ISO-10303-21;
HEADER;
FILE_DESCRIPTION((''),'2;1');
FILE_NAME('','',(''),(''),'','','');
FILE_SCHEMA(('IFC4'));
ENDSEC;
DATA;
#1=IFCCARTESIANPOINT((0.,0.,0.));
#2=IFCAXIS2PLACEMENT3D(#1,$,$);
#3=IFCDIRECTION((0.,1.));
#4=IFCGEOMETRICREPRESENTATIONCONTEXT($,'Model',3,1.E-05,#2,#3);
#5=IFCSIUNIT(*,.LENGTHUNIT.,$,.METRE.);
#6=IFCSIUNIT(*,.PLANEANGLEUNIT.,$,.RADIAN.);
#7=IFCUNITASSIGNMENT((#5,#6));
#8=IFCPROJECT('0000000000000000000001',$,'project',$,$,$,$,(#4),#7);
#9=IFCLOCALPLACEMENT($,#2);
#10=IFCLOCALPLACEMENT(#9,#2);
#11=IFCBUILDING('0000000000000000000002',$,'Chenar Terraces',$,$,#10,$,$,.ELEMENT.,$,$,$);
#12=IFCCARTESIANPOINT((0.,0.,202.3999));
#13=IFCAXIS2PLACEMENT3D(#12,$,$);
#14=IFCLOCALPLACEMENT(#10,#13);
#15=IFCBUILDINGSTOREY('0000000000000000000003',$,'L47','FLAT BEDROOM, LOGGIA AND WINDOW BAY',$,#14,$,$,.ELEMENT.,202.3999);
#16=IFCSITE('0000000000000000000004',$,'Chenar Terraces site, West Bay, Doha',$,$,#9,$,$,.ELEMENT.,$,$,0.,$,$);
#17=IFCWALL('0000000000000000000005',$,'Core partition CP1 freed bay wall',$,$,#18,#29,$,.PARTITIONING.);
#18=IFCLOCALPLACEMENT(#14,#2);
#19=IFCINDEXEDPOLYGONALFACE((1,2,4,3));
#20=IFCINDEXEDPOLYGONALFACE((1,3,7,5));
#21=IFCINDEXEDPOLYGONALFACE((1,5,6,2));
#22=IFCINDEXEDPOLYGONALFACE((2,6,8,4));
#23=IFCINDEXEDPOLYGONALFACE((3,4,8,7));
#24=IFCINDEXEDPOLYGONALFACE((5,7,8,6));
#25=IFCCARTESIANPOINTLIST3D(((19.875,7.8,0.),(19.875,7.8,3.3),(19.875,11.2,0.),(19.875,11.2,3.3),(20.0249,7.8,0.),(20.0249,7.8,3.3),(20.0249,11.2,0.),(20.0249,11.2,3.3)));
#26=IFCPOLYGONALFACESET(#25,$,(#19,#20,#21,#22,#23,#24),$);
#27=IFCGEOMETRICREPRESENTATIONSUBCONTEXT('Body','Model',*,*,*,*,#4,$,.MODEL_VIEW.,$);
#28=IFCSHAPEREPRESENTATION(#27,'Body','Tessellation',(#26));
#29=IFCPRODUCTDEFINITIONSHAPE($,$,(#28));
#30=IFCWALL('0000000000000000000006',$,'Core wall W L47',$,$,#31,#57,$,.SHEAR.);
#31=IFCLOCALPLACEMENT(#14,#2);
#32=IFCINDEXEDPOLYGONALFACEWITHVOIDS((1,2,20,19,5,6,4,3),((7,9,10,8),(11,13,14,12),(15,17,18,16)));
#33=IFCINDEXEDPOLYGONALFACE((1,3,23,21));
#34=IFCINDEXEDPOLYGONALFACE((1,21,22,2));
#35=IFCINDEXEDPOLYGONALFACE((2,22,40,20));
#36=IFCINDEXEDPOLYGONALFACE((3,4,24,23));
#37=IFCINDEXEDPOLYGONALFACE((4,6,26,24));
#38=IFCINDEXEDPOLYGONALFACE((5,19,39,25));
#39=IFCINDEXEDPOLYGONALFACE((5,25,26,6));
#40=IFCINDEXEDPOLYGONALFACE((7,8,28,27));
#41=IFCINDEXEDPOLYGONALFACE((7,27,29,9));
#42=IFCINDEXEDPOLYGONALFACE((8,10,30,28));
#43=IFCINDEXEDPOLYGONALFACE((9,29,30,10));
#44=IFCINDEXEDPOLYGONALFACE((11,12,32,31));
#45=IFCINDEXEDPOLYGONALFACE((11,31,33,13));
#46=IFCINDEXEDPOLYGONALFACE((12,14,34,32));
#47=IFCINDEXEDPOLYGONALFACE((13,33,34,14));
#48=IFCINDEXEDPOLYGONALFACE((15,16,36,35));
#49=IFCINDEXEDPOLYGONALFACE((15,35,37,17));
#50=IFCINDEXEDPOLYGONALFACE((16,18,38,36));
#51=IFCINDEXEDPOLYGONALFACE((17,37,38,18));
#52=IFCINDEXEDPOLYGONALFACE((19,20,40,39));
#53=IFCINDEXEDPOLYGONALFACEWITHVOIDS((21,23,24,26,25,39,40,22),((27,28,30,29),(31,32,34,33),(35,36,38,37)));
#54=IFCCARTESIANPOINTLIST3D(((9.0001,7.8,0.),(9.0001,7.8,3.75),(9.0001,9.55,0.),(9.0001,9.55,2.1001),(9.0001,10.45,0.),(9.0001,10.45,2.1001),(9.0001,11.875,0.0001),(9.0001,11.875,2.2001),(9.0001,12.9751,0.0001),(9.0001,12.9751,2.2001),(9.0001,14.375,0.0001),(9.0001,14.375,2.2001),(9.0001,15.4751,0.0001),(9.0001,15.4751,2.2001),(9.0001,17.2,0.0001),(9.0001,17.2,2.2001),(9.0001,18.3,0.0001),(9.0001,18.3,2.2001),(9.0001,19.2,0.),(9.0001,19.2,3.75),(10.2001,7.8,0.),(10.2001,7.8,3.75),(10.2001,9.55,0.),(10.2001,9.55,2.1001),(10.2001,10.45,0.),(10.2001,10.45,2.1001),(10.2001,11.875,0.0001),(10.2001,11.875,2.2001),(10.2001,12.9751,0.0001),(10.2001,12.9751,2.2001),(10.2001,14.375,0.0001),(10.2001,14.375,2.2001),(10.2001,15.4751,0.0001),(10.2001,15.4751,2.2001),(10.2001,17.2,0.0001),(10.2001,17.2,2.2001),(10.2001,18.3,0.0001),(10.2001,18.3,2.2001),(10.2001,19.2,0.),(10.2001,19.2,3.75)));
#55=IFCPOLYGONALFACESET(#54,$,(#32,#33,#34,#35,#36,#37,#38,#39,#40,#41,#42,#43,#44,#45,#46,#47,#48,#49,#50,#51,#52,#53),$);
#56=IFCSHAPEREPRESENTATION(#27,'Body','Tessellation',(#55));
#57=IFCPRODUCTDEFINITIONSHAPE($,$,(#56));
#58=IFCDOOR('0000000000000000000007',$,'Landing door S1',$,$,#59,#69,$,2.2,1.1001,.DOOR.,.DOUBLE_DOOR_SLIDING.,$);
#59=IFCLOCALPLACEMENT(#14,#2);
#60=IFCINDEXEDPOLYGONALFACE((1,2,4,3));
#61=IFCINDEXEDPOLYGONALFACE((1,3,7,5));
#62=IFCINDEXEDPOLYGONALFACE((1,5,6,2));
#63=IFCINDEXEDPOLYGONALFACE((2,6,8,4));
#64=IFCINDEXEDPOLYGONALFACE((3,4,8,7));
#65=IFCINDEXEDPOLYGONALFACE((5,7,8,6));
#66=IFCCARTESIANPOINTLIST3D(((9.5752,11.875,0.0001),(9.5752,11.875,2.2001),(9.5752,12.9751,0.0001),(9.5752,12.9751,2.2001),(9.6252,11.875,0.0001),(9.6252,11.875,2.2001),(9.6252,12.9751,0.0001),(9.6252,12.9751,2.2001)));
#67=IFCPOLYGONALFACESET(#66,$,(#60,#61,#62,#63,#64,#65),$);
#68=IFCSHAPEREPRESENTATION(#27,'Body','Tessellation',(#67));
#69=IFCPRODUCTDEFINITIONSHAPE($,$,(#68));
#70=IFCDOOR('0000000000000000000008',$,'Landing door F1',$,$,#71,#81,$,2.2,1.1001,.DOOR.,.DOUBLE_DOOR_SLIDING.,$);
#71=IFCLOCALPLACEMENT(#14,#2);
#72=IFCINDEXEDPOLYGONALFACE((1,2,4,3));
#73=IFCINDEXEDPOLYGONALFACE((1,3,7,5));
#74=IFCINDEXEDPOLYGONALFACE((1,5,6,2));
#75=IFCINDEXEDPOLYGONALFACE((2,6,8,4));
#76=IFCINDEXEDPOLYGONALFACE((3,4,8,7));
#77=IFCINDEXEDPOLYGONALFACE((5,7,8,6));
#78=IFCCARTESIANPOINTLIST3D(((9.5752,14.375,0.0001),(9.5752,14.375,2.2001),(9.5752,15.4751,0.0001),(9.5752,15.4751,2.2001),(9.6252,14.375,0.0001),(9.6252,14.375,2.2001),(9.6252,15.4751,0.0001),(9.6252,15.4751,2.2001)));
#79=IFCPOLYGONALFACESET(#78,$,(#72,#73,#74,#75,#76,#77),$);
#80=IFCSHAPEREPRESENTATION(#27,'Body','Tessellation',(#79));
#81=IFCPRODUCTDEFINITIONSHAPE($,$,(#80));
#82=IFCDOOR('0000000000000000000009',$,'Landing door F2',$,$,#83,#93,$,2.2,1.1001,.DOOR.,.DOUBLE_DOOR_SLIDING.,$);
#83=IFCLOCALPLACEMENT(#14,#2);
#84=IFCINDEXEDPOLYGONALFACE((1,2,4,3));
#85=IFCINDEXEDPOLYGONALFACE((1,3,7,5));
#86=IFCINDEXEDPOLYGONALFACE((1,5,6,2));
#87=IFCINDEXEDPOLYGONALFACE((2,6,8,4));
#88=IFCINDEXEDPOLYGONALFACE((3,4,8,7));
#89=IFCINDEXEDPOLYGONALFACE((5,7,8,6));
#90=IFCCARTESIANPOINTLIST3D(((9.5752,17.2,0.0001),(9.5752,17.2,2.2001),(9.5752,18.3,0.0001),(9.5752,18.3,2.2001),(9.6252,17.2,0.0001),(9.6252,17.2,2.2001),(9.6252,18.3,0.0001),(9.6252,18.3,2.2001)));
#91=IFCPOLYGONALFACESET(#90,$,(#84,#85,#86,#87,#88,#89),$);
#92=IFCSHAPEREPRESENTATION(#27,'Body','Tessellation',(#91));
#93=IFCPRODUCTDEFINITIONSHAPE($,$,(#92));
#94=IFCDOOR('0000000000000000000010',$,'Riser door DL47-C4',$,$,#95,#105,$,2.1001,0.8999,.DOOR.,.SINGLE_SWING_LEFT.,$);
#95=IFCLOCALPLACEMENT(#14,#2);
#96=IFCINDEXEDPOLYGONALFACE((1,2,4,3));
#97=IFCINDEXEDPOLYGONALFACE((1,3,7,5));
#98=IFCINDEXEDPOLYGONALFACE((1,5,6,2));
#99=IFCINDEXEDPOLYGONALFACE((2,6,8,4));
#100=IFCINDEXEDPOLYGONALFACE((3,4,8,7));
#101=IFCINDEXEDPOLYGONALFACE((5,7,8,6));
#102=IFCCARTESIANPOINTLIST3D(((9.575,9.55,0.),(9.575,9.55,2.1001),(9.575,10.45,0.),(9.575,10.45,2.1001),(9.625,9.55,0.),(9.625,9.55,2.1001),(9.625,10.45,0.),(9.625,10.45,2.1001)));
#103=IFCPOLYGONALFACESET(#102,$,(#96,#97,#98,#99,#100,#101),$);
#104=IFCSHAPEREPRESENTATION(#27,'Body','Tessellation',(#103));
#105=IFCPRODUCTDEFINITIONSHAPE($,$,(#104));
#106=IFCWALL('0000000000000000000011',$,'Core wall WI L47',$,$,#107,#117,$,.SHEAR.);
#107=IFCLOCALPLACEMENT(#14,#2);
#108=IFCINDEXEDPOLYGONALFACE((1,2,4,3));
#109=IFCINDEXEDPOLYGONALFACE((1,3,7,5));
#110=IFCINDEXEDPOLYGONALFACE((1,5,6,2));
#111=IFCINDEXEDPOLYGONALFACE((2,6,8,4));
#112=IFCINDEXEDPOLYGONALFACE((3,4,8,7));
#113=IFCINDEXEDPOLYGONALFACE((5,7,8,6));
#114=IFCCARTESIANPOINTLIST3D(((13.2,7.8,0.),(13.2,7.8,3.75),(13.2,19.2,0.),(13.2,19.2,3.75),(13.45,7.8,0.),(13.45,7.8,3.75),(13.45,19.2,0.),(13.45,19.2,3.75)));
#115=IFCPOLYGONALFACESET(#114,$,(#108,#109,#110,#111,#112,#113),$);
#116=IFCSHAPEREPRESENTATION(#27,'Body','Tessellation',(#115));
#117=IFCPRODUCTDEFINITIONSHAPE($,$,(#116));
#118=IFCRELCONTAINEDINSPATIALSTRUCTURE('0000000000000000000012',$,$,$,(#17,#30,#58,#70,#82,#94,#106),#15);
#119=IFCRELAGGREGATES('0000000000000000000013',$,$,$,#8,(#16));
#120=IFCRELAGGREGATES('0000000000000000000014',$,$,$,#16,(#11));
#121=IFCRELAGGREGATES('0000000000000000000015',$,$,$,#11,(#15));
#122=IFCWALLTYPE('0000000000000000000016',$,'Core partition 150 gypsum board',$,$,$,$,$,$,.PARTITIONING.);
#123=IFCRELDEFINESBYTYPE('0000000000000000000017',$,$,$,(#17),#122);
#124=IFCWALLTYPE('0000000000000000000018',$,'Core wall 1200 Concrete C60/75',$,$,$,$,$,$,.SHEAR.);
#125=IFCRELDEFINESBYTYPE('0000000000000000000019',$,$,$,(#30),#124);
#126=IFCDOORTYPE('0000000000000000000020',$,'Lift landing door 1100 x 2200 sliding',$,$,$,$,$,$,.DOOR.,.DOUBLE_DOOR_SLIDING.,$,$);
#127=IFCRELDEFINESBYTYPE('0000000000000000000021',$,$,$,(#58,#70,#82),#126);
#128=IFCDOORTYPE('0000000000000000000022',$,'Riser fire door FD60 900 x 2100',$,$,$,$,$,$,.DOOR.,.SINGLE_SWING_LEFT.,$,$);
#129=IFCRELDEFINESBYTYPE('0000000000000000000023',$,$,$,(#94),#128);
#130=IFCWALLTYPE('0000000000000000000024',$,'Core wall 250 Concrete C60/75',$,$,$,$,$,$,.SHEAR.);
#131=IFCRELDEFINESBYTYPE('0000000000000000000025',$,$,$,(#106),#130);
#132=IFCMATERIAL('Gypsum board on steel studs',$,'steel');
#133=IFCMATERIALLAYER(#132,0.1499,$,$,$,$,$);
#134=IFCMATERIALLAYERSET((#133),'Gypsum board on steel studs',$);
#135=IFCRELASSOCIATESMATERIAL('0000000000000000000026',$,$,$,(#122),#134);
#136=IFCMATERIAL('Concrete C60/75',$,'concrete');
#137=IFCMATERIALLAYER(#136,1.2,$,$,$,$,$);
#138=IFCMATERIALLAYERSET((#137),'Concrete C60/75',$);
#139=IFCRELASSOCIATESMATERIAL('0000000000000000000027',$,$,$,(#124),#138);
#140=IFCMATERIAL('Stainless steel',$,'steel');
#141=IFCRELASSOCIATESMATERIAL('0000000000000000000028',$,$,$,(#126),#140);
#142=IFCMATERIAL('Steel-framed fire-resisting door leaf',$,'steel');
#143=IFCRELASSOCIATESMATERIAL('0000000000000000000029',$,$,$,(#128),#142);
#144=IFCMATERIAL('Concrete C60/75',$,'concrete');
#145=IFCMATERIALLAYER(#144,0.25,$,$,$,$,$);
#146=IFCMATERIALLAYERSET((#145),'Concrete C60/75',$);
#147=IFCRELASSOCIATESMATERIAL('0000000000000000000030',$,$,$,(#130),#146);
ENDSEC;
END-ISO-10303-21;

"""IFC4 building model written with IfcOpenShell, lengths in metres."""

from ifc_helpers import new_model, si_unit, direction, frame, frame_2d, origin, place, context, subcontext, project, spatial, rectangle, extrude, material, layer, layer_set, type_object, element, fill, save


model = new_model("IFC4")

# Units and contexts
model_context = context("Model", 3, precision=1e-05, world=origin(), true_north=direction((0.0, 1.0)))
body_context = subcontext(model_context, "Body", "Model", "MODEL_VIEW")
ifc_project = project(units=[si_unit("LENGTHUNIT", "METRE"), si_unit("PLANEANGLEUNIT", "RADIAN")], contexts=[model_context])

# Site, building, storey
site_placement = place(None, origin())
site = spatial("IfcSite", under=ifc_project, at=site_placement, Name="Chenar Terraces site, West Bay, Doha", CompositionType="ELEMENT", RefElevation=0.0)
building_placement = place(site_placement, origin())
building = spatial("IfcBuilding", under=site, at=building_placement, Name="Chenar Terraces", CompositionType="ELEMENT")
storey_placement = place(building_placement, frame((0.0, 0.0, 202.3999)))
storey = spatial("IfcBuildingStorey", under=building, at=storey_placement, Name="L47", Description="FLAT BEDROOM, LOGGIA AND WINDOW BAY", CompositionType="ELEMENT", Elevation=202.3999)

# Wall
ifc_material_1 = material(Name="Gypsum board on steel studs", Category="steel")
ifc_layer_1 = layer(ifc_material_1, 0.1499)
ifc_layer_set_1 = layer_set([ifc_layer_1], Name="Gypsum board on steel studs")
wall_type_1 = type_object("IfcWallType", Name="Core partition 150 gypsum board", PredefinedType="PARTITIONING", material=ifc_layer_set_1)
wall_1_placement = place(storey_placement, frame((19.95, 7.8, 0.0), z_axis=(0.0, 0.0, 1.0), x_axis=(0.0, 1.0, 0.0)))
element("IfcWall", 1, at=wall_1_placement, inside=storey, type_object=wall_type_1, Name="Core partition CP1 freed bay wall", PredefinedType="PARTITIONING", context=body_context, shape_type="SweptSolid", body=[
    extrude(rectangle(XDim=3.3999, YDim=0.1499, at=frame_2d((1.7, 0.0))), origin(), (0.0, 0.0, 1.0), 3.3),
])

# Wall, openings, doors
ifc_material_2 = material(Name="Concrete C60/75", Category="concrete")
ifc_layer_2 = layer(ifc_material_2, 1.2)
ifc_layer_set_2 = layer_set([ifc_layer_2], Name="Concrete C60/75")
wall_type_2 = type_object("IfcWallType", Name="Core wall 1200 Concrete C60/75", PredefinedType="SHEAR", material=ifc_layer_set_2)
wall_2_placement = place(storey_placement, frame((9.6001, 7.8, 0.0), z_axis=(0.0, 0.0, 1.0), x_axis=(0.0, 1.0, 0.0)))
wall_2 = element("IfcWall", 2, at=wall_2_placement, inside=storey, type_object=wall_type_2, Name="Core wall W L47", PredefinedType="SHEAR", context=body_context, shape_type="SweptSolid", body=[
    extrude(rectangle(XDim=11.3999, YDim=1.2, at=frame_2d((5.7, 0.0))), origin(), (0.0, 0.0, 1.0), 3.75),
])
opening_1_placement = place(wall_2_placement, frame((4.075, 0.0, 0.0)))
opening_1 = element("IfcOpeningElement", 3, at=opening_1_placement, cuts=wall_2, PredefinedType="OPENING", context=body_context, shape_type="SweptSolid", body=[
    extrude(rectangle(XDim=1.1001, YDim=2.2, at=frame_2d((0.55, 1.1001))), frame((0.0, 0.6099, 0.0), z_axis=(0.0, -1.0, 0.0), x_axis=(1.0, 0.0, 0.0)), (0.0, 0.0, 1.0), 1.22),
])
opening_2_placement = place(wall_2_placement, frame((6.575, 0.0, 0.0)))
opening_2 = element("IfcOpeningElement", 4, at=opening_2_placement, cuts=wall_2, PredefinedType="OPENING", context=body_context, shape_type="SweptSolid", body=[
    extrude(rectangle(XDim=1.1001, YDim=2.2, at=frame_2d((0.55, 1.1001))), frame((0.0, 0.6099, 0.0), z_axis=(0.0, -1.0, 0.0), x_axis=(1.0, 0.0, 0.0)), (0.0, 0.0, 1.0), 1.22),
])
opening_3_placement = place(wall_2_placement, frame((9.3999, 0.0, 0.0)))
opening_3 = element("IfcOpeningElement", 5, at=opening_3_placement, cuts=wall_2, PredefinedType="OPENING", context=body_context, shape_type="SweptSolid", body=[
    extrude(rectangle(XDim=1.1001, YDim=2.2, at=frame_2d((0.55, 1.1001))), frame((0.0, 0.6099, 0.0), z_axis=(0.0, -1.0, 0.0), x_axis=(1.0, 0.0, 0.0)), (0.0, 0.0, 1.0), 1.22),
])
opening_4_placement = place(wall_2_placement, frame((1.75, 0.0, 0.0)))
opening_4 = element("IfcOpeningElement", 6, at=opening_4_placement, cuts=wall_2, PredefinedType="OPENING", context=body_context, shape_type="SweptSolid", body=[
    extrude(rectangle(XDim=0.8999, YDim=2.1001, at=frame_2d((0.45, 1.05))), frame((0.0, 0.6099, 0.0), z_axis=(0.0, -1.0, 0.0), x_axis=(1.0, 0.0, 0.0)), (0.0, 0.0, 1.0), 1.22),
])
ifc_material_3 = material(Name="Stainless steel", Category="steel")
door_type_1 = type_object("IfcDoorType", Name="Lift landing door 1100 x 2200 sliding", OperationType="DOUBLE_DOOR_SLIDING", PredefinedType="DOOR", material=ifc_material_3)
door_1_placement = place(opening_1_placement, origin())
door_1 = element("IfcDoor", 7, at=door_1_placement, inside=storey, type_object=door_type_1, Name="Landing door S1", OperationType="DOUBLE_DOOR_SLIDING", OverallHeight=2.2, OverallWidth=1.1001, PredefinedType="DOOR", context=body_context, shape_type="SweptSolid", body=[
    extrude(rectangle(XDim=1.1001, YDim=2.2, at=frame_2d((0.55, 1.1001))), frame((0.0, 0.0249, 0.0), z_axis=(0.0, -1.0, 0.0), x_axis=(1.0, 0.0, 0.0)), (0.0, 0.0, 1.0), 0.05),
])
fill(opening_1, door_1)
door_2_placement = place(opening_2_placement, origin())
door_2 = element("IfcDoor", 8, at=door_2_placement, inside=storey, type_object=door_type_1, Name="Landing door F1", OperationType="DOUBLE_DOOR_SLIDING", OverallHeight=2.2, OverallWidth=1.1001, PredefinedType="DOOR", context=body_context, shape_type="SweptSolid", body=[
    extrude(rectangle(XDim=1.1001, YDim=2.2, at=frame_2d((0.55, 1.1001))), frame((0.0, 0.0249, 0.0), z_axis=(0.0, -1.0, 0.0), x_axis=(1.0, 0.0, 0.0)), (0.0, 0.0, 1.0), 0.05),
])
fill(opening_2, door_2)
door_3_placement = place(opening_3_placement, origin())
door_3 = element("IfcDoor", 9, at=door_3_placement, inside=storey, type_object=door_type_1, Name="Landing door F2", OperationType="DOUBLE_DOOR_SLIDING", OverallHeight=2.2, OverallWidth=1.1001, PredefinedType="DOOR", context=body_context, shape_type="SweptSolid", body=[
    extrude(rectangle(XDim=1.1001, YDim=2.2, at=frame_2d((0.55, 1.1001))), frame((0.0, 0.0249, 0.0), z_axis=(0.0, -1.0, 0.0), x_axis=(1.0, 0.0, 0.0)), (0.0, 0.0, 1.0), 0.05),
])
fill(opening_3, door_3)
ifc_material_4 = material(Name="Steel-framed fire-resisting door leaf", Category="steel")
door_type_2 = type_object("IfcDoorType", Name="Riser fire door FD60 900 x 2100", OperationType="SINGLE_SWING_LEFT", PredefinedType="DOOR", material=ifc_material_4)
door_4_placement = place(opening_4_placement, frame((0.8999, 0.0, 0.0), z_axis=(0.0, 0.0, 1.0), x_axis=(-1.0, 0.0, 0.0)))
door_4 = element("IfcDoor", 10, at=door_4_placement, inside=storey, type_object=door_type_2, Name="Riser door DL47-C4", OperationType="SINGLE_SWING_LEFT", OverallHeight=2.1001, OverallWidth=0.8999, PredefinedType="DOOR", context=body_context, shape_type="SweptSolid", body=[
    extrude(rectangle(XDim=0.8999, YDim=2.1001, at=frame_2d((0.45, 1.05))), frame((0.0, 0.0249, 0.0), z_axis=(0.0, -1.0, 0.0), x_axis=(1.0, 0.0, 0.0)), (0.0, 0.0, 1.0), 0.05),
])
fill(opening_4, door_4)

# Wall
ifc_material_5 = material(Name="Concrete C60/75", Category="concrete")
ifc_layer_3 = layer(ifc_material_5, 0.25)
ifc_layer_set_3 = layer_set([ifc_layer_3], Name="Concrete C60/75")
wall_type_3 = type_object("IfcWallType", Name="Core wall 250 Concrete C60/75", PredefinedType="SHEAR", material=ifc_layer_set_3)
wall_3_placement = place(storey_placement, frame((13.325, 7.8, 0.0), z_axis=(0.0, 0.0, 1.0), x_axis=(0.0, 1.0, 0.0)))
element("IfcWall", 11, at=wall_3_placement, inside=storey, type_object=wall_type_3, Name="Core wall WI L47", PredefinedType="SHEAR", context=body_context, shape_type="SweptSolid", body=[
    extrude(rectangle(XDim=11.3999, YDim=0.25, at=frame_2d((5.7, 0.0))), origin(), (0.0, 0.0, 1.0), 3.75),
])

save(model, "model.ifc")
